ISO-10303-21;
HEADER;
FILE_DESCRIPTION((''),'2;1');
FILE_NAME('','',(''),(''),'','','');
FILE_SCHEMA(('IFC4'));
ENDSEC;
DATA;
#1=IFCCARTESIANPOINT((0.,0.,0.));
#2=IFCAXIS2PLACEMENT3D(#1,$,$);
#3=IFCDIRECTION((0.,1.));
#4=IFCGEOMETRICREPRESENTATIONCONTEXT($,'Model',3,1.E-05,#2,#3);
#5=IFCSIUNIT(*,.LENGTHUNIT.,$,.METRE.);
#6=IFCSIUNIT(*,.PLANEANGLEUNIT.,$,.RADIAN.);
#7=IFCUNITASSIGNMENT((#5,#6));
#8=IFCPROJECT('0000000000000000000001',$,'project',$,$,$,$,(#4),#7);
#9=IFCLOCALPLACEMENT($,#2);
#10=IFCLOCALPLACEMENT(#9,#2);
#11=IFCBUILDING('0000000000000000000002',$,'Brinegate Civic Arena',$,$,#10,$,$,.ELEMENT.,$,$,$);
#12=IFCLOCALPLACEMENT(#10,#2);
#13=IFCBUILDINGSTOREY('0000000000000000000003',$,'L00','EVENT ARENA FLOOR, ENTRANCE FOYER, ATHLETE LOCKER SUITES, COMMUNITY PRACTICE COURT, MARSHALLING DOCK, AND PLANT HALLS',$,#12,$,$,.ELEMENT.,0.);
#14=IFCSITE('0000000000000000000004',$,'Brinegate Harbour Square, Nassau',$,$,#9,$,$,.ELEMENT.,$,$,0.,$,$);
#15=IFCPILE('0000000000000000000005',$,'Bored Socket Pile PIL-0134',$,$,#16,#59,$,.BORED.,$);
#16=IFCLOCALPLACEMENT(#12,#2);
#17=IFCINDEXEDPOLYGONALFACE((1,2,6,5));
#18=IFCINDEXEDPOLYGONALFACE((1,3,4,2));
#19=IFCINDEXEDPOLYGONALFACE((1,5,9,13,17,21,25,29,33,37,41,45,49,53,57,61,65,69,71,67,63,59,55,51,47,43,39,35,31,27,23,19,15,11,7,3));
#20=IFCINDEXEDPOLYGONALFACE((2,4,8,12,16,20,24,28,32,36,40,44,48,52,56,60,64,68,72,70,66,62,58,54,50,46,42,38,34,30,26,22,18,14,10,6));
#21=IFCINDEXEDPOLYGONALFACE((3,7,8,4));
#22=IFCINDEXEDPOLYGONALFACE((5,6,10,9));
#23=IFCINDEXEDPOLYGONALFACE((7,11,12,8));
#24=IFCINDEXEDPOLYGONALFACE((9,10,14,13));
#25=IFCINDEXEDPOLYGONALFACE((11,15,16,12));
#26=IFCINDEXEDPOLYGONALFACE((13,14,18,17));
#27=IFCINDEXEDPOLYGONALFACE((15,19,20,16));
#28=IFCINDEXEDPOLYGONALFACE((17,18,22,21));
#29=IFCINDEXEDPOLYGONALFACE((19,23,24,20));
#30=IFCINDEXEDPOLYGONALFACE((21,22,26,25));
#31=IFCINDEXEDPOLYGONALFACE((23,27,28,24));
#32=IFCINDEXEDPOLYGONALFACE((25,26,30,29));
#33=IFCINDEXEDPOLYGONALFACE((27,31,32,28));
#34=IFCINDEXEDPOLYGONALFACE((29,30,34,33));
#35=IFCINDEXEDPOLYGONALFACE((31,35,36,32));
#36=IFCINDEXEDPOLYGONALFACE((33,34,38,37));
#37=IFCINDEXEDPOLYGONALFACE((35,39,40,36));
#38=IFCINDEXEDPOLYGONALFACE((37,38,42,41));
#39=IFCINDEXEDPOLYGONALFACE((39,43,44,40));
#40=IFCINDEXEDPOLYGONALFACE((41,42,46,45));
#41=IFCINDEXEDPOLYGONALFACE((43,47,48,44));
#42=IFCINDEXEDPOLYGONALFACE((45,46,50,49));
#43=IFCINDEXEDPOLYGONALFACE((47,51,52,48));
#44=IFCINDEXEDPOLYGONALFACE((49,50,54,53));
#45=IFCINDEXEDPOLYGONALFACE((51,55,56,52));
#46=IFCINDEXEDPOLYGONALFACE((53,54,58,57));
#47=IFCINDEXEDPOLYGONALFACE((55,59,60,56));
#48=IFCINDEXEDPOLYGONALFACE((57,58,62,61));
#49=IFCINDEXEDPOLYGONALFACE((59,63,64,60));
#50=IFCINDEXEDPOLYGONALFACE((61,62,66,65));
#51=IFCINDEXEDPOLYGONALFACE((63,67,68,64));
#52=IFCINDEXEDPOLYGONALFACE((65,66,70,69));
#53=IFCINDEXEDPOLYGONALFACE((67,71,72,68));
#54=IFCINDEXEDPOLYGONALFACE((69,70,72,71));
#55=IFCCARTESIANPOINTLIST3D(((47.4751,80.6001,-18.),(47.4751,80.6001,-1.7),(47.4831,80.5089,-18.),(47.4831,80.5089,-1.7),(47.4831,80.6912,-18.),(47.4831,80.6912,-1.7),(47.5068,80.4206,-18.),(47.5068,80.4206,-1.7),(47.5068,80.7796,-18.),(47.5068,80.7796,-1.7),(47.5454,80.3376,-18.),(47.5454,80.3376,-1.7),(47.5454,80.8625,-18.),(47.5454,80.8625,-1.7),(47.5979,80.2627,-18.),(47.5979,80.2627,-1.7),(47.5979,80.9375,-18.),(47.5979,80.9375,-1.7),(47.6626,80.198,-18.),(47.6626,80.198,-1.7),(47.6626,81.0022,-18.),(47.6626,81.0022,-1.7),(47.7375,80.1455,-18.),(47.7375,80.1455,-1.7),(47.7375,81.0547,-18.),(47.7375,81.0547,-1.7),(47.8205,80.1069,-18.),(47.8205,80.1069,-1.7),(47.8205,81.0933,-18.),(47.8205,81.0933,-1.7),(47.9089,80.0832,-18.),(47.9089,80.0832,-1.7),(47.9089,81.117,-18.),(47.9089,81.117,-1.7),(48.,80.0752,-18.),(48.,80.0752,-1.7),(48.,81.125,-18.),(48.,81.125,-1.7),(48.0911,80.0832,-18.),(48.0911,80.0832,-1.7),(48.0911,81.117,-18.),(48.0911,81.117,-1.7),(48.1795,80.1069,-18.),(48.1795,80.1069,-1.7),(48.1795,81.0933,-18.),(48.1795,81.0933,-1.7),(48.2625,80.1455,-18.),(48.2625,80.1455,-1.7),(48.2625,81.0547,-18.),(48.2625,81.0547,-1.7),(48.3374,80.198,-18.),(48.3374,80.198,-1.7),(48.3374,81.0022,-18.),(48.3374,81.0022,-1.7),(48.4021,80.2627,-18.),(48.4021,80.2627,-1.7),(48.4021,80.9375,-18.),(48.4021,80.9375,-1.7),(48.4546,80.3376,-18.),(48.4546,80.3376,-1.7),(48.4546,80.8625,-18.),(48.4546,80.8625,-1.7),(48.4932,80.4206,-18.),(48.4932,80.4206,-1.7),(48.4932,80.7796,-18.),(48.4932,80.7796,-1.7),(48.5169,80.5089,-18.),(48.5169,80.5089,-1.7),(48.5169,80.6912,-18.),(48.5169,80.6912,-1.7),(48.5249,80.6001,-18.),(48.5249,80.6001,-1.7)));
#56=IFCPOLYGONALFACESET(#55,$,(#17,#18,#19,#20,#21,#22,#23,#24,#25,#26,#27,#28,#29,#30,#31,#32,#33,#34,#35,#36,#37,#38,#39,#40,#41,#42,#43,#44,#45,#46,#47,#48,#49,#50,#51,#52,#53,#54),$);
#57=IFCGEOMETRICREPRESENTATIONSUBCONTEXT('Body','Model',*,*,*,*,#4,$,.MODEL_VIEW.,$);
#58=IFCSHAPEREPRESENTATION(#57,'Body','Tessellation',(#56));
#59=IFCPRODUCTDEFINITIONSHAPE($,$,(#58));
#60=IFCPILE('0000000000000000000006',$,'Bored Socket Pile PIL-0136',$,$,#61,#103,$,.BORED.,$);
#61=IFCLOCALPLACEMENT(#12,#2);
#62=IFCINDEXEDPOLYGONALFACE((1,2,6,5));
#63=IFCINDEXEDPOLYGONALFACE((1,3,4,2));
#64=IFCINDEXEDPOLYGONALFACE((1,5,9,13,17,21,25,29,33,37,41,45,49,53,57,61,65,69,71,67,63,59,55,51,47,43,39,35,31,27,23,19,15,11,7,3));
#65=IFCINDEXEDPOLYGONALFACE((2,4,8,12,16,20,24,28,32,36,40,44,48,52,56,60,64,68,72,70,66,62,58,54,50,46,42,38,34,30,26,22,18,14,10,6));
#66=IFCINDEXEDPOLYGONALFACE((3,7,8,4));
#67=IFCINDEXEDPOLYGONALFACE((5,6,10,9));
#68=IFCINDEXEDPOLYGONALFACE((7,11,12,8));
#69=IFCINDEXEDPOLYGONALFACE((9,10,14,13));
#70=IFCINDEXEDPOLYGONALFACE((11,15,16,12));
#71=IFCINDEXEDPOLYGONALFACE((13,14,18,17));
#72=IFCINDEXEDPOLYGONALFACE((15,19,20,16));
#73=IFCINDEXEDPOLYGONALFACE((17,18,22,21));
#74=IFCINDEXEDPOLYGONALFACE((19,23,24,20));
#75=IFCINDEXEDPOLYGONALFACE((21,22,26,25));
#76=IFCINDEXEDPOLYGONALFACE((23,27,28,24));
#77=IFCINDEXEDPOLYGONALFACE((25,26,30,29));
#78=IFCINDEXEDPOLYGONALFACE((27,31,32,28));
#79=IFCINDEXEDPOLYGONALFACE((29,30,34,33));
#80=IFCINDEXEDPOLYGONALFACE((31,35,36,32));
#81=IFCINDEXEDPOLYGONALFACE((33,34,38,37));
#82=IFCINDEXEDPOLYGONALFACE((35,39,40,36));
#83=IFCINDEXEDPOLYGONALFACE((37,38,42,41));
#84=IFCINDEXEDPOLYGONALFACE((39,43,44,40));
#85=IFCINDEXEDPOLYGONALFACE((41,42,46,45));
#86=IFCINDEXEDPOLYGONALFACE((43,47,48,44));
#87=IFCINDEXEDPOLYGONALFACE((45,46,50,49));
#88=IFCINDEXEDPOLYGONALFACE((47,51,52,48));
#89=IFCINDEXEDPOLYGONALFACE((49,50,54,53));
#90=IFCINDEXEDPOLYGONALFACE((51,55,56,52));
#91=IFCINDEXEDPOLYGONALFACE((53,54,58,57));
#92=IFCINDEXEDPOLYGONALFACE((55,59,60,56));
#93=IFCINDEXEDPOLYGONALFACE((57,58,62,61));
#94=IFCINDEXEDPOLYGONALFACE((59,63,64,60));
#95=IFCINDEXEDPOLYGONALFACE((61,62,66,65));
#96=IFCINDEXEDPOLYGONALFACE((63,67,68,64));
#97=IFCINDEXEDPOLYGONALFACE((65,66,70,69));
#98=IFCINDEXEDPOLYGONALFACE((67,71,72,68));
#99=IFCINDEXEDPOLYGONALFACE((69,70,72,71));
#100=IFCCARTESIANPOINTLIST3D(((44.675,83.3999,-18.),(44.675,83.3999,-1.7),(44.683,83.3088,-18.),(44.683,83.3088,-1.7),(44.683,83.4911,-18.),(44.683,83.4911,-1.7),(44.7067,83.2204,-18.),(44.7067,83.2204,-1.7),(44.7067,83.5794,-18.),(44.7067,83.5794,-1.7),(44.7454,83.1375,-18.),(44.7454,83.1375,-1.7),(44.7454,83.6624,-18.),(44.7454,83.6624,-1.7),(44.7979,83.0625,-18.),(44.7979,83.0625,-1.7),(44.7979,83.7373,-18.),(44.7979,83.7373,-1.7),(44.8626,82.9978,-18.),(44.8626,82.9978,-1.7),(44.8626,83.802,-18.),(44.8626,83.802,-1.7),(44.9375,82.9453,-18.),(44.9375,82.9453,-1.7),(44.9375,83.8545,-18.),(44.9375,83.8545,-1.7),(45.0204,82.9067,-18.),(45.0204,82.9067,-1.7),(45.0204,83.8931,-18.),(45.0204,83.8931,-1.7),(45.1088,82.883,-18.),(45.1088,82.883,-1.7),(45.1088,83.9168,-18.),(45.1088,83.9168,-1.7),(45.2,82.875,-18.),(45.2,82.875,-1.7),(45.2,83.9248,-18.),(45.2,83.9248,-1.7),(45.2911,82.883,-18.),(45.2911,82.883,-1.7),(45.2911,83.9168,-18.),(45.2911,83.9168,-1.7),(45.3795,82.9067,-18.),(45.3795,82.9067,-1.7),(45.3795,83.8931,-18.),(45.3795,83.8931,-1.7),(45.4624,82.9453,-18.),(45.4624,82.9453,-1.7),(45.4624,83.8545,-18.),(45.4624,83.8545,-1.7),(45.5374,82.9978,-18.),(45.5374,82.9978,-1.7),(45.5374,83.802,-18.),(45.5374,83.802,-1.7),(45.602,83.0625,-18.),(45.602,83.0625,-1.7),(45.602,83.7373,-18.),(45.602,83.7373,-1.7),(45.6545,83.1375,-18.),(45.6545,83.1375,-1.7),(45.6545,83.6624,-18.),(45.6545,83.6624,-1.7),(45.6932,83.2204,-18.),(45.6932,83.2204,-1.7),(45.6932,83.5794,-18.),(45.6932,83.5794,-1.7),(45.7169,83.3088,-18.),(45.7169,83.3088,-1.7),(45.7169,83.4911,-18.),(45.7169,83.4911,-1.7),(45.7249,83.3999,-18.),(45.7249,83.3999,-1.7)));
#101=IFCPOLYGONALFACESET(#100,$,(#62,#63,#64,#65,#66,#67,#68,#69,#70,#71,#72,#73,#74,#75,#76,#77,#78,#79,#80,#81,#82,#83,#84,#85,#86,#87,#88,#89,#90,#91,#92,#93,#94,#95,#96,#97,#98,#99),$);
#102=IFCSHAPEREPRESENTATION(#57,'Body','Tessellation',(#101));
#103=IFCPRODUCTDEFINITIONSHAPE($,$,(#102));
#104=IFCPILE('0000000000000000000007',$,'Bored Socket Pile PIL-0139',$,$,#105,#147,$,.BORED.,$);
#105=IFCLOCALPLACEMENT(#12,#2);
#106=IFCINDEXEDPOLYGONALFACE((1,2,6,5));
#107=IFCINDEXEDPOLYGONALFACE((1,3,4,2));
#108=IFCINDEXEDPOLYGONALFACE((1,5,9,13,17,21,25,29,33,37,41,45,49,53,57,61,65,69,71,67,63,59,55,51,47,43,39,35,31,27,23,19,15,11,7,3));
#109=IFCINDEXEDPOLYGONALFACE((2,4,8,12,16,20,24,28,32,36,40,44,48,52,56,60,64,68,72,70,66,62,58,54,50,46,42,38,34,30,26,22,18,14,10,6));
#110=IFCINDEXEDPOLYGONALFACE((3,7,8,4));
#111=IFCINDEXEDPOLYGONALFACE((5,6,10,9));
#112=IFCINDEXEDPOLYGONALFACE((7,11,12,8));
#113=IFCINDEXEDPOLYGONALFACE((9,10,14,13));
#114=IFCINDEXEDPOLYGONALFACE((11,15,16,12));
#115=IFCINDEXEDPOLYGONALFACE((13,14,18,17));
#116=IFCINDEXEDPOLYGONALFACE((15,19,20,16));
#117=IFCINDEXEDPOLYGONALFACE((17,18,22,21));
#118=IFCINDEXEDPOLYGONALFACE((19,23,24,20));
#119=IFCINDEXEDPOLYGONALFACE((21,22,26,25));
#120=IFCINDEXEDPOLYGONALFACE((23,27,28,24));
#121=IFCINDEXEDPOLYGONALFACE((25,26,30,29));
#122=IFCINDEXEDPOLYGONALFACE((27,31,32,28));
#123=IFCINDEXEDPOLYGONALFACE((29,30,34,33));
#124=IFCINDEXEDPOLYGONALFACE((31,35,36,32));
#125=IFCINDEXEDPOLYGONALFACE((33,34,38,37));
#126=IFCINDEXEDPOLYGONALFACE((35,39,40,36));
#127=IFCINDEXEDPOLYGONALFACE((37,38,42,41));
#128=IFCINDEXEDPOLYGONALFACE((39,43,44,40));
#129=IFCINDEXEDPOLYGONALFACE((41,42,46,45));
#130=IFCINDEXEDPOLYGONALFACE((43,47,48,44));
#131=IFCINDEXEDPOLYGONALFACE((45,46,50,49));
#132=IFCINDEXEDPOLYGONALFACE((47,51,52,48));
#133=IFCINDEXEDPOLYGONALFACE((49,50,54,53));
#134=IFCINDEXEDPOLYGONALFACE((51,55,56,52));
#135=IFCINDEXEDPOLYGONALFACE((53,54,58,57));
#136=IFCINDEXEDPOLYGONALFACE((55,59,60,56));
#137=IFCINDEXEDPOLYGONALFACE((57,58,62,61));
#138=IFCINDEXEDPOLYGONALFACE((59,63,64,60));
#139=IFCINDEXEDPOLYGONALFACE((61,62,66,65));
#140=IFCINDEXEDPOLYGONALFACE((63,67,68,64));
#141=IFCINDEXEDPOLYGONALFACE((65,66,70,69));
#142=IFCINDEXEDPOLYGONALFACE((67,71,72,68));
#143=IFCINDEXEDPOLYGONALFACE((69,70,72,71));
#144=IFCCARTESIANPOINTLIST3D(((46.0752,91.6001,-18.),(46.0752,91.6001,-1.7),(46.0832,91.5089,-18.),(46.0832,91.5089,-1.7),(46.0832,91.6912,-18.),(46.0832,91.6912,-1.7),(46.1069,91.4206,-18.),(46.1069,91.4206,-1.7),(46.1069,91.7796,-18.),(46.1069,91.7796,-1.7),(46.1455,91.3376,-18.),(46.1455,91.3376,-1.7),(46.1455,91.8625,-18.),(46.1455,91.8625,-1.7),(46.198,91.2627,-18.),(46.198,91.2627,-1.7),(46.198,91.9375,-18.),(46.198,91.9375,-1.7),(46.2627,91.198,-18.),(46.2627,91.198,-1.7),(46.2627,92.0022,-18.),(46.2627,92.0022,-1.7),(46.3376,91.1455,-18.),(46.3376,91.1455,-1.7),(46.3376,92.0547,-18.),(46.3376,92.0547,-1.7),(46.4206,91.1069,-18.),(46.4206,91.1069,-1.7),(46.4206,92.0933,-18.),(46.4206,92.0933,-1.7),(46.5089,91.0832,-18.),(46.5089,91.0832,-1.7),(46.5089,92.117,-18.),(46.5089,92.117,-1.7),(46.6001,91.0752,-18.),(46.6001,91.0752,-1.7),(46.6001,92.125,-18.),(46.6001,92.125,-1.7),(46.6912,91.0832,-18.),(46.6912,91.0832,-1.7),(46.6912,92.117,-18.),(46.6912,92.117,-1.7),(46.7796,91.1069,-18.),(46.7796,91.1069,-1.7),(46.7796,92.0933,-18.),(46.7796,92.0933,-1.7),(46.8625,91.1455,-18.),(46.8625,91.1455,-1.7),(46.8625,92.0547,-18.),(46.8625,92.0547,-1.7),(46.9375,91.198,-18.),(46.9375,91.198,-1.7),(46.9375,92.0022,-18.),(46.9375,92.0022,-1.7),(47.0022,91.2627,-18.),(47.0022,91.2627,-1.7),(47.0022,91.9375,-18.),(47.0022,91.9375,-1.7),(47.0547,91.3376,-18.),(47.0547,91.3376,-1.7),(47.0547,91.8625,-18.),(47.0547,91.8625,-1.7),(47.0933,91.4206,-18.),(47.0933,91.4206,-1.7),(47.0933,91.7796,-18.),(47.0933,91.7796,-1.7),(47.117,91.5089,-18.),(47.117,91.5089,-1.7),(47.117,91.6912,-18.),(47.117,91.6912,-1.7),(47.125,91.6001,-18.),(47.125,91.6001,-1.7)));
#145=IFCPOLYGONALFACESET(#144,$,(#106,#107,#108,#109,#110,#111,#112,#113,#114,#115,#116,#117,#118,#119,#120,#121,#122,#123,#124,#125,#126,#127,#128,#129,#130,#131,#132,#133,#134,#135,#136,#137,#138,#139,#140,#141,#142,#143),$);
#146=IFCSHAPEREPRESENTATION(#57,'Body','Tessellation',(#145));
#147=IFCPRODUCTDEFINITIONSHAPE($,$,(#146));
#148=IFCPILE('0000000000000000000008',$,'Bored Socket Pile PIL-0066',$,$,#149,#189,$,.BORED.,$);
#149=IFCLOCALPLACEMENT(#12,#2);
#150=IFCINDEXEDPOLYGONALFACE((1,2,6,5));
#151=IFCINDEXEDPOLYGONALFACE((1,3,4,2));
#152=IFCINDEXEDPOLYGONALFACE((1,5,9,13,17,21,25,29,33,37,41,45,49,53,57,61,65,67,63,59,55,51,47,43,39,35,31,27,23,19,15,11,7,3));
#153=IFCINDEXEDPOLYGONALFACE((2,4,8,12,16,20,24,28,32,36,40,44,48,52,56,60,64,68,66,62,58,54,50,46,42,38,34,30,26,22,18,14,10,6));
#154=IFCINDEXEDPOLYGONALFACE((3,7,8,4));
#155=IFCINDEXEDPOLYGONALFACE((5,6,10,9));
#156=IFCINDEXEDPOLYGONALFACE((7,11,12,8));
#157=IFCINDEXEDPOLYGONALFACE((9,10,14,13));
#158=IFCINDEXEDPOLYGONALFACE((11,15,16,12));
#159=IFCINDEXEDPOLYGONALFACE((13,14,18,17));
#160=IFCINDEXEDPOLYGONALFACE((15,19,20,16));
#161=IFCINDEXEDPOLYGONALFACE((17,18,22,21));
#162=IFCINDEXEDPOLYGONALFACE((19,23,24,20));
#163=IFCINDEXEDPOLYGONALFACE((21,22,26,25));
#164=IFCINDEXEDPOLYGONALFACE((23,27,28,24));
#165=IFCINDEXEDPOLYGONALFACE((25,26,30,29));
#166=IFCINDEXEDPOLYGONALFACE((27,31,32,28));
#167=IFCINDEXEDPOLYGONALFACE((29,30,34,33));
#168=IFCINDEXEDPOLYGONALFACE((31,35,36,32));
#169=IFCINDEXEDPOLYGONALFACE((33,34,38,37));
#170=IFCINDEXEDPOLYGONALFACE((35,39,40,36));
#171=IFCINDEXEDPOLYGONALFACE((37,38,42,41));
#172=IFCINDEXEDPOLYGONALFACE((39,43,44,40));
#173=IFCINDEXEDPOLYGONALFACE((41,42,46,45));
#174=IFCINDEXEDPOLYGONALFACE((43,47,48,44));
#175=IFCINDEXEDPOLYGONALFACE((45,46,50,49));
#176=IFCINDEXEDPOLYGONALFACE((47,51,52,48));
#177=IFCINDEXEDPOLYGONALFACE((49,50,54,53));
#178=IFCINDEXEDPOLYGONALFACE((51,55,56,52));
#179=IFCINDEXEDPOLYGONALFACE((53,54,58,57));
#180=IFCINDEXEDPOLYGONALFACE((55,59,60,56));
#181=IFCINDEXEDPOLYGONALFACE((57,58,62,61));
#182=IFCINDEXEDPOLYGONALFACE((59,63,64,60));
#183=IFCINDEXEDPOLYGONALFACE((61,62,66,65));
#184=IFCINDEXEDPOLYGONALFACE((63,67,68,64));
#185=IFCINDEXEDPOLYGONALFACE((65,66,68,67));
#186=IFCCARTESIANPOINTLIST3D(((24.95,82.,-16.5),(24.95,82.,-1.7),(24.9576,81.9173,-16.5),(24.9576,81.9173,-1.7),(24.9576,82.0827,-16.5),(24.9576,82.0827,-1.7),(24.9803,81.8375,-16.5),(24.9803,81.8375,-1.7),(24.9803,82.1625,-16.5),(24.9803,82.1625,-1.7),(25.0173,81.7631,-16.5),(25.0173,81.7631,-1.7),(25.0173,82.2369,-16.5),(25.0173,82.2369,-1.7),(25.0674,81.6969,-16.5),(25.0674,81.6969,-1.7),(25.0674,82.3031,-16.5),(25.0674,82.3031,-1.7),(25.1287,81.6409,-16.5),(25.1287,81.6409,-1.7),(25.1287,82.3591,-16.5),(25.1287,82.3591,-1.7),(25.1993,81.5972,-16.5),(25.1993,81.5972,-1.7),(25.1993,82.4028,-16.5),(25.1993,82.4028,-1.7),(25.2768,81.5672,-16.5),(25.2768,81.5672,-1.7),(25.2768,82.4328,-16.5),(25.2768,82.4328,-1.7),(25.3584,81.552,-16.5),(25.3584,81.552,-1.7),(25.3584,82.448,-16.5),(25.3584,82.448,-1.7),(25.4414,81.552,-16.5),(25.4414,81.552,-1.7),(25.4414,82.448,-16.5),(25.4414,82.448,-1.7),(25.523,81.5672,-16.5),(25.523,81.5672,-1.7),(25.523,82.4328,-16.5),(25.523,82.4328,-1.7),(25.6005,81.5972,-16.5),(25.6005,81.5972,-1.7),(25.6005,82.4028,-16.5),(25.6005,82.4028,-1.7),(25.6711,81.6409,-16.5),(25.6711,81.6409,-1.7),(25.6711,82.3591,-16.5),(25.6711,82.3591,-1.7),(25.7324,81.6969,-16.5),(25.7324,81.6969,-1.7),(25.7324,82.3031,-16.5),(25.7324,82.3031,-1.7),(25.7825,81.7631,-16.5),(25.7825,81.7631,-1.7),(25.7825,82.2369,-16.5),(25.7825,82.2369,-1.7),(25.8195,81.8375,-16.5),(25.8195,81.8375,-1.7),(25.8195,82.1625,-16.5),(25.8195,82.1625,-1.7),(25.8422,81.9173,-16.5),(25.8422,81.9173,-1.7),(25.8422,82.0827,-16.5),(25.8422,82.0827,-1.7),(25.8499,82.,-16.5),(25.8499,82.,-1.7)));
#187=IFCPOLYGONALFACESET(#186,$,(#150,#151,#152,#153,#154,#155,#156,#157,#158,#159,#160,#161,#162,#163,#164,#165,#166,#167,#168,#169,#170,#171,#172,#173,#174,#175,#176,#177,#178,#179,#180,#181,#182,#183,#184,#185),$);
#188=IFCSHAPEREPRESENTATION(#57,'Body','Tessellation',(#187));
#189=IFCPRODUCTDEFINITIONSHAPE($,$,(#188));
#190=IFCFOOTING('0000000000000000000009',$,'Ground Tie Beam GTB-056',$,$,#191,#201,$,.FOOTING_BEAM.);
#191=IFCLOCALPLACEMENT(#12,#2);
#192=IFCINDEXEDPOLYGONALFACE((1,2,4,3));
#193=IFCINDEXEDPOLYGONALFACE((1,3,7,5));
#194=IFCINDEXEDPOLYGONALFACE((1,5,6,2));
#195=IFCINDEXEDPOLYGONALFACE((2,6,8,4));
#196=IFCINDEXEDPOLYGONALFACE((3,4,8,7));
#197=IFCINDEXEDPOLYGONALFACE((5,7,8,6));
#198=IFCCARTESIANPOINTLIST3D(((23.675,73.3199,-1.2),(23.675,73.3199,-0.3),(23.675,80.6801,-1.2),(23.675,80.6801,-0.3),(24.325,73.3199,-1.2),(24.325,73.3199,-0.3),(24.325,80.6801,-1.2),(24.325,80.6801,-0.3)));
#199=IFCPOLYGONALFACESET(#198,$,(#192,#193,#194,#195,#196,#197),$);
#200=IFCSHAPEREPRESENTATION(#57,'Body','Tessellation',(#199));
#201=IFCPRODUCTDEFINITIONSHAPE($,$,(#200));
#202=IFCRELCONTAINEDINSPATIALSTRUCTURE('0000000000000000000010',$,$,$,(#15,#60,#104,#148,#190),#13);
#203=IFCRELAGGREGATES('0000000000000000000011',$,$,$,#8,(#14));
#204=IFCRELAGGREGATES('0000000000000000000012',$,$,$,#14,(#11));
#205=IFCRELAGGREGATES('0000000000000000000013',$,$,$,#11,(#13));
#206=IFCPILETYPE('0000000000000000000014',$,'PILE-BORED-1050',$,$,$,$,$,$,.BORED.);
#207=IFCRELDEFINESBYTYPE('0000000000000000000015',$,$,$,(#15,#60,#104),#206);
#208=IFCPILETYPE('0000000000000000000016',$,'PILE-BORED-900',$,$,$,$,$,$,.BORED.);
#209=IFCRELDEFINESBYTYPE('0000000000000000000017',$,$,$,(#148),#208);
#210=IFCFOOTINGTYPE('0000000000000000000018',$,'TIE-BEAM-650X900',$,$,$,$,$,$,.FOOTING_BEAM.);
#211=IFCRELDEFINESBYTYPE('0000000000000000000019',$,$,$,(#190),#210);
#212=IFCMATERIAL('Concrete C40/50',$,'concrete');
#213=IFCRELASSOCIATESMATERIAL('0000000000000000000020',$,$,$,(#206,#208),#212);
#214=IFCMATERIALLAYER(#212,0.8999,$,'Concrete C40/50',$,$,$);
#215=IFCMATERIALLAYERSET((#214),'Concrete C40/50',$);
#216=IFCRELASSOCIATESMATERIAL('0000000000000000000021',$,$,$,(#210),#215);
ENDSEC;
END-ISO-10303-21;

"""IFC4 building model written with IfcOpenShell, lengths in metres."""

from ifc_helpers import new_model, si_unit, direction, frame, origin, origin_2d, place, context, subcontext, project, spatial, rectangle, circle, extrude, material, layer, layer_set, material_profile, profile_set, type_object, element, save


model = new_model("IFC4")

# Units and contexts
model_context = context("Model", 3, precision=1e-05, world=origin(), true_north=direction((0.0, 1.0)))
body_context = subcontext(model_context, "Body", "Model", "MODEL_VIEW")
ifc_project = project(units=[si_unit("LENGTHUNIT", "METRE"), si_unit("PLANEANGLEUNIT", "RADIAN")], contexts=[model_context])

# Site, building, storey
site_placement = place(None, origin())
site = spatial("IfcSite", under=ifc_project, at=site_placement, Name="Brinegate Harbour Square, Nassau", CompositionType="ELEMENT", RefElevation=0.0)
building_placement = place(site_placement, origin())
building = spatial("IfcBuilding", under=site, at=building_placement, Name="Brinegate Civic Arena", CompositionType="ELEMENT")
storey_placement = place(building_placement, origin())
storey = spatial("IfcBuildingStorey", under=building, at=storey_placement, Name="L00", Description="EVENT ARENA FLOOR, ENTRANCE FOYER, ATHLETE LOCKER SUITES, COMMUNITY PRACTICE COURT, MARSHALLING DOCK, AND PLANT HALLS", CompositionType="ELEMENT", Elevation=0.0)

# Shared definitions
ifc_material_1 = material(Name="Concrete C40/50", Category="concrete")

# Piles
ifc_material_profile_1 = material_profile(ifc_material_1, circle(Radius=0.5249, at=origin_2d()), Name="PILED1050")
ifc_profile_set_1 = profile_set([ifc_material_profile_1], Name="Concrete C40/50")
pile_type_1 = type_object("IfcPileType", Name="PILE-BORED-1050", PredefinedType="BORED", material=ifc_profile_set_1)
for number, where, z_axis, x_axis, name in (
    (1, (48.0, 80.6001, -1.7), (0.0, 0.0, -1.0), (1.0, 0.0, 0.0), "Bored Socket Pile PIL-0134"),
    (2, (45.2, 83.3999, -1.7), (0.0, 0.0, -1.0), (1.0, 0.0, 0.0), "Bored Socket Pile PIL-0136"),
    (3, (46.6001, 91.6001, -1.7), (0.0, 0.0, -1.0), (1.0, 0.0, 0.0), "Bored Socket Pile PIL-0139"),
):
    element("IfcPile", number, at=place(storey_placement, frame(where, z_axis=z_axis, x_axis=x_axis)), inside=storey, type_object=pile_type_1, Name=name, PredefinedType="BORED", context=body_context, shape_type="SweptSolid", body=[
        extrude(circle(Radius=0.5249, at=origin_2d()), origin(), (0.0, 0.0, 1.0), 16.3),
    ])
ifc_material_profile_2 = material_profile(ifc_material_1, circle(Radius=0.45, at=origin_2d()), Name="PILED900")
ifc_profile_set_2 = profile_set([ifc_material_profile_2], Name="Concrete C40/50")
pile_type_2 = type_object("IfcPileType", Name="PILE-BORED-900", PredefinedType="BORED", material=ifc_profile_set_2)
pile_placement = place(storey_placement, frame((25.3999, 82.0, -1.7), z_axis=(0.0, 0.0, -1.0), x_axis=(1.0, 0.0, 0.0)))
element("IfcPile", 4, at=pile_placement, inside=storey, type_object=pile_type_2, Name="Bored Socket Pile PIL-0066", PredefinedType="BORED", context=body_context, shape_type="SweptSolid", body=[
    extrude(circle(Radius=0.45, at=origin_2d()), origin(), (0.0, 0.0, 1.0), 14.8),
])

# Footing
ifc_layer_1 = layer(ifc_material_1, 0.8999, Name="Concrete C40/50")
ifc_layer_set_1 = layer_set([ifc_layer_1], Name="Concrete C40/50")
footing_type_1 = type_object("IfcFootingType", Name="TIE-BEAM-650X900", PredefinedType="FOOTING_BEAM", material=ifc_layer_set_1)
footing_1_placement = place(storey_placement, frame((24.0, 77.0, -1.2), z_axis=(0.0, 0.0, 1.0), x_axis=(0.0, 1.0, 0.0)))
element("IfcFooting", 5, at=footing_1_placement, inside=storey, type_object=footing_type_1, Name="Ground Tie Beam GTB-056", PredefinedType="FOOTING_BEAM", context=body_context, shape_type="SweptSolid", body=[
    extrude(rectangle(XDim=7.3601, YDim=0.6499, at=origin_2d()), origin(), (0.0, 0.0, 1.0), 0.8999),
])

save(model, "model.ifc")
